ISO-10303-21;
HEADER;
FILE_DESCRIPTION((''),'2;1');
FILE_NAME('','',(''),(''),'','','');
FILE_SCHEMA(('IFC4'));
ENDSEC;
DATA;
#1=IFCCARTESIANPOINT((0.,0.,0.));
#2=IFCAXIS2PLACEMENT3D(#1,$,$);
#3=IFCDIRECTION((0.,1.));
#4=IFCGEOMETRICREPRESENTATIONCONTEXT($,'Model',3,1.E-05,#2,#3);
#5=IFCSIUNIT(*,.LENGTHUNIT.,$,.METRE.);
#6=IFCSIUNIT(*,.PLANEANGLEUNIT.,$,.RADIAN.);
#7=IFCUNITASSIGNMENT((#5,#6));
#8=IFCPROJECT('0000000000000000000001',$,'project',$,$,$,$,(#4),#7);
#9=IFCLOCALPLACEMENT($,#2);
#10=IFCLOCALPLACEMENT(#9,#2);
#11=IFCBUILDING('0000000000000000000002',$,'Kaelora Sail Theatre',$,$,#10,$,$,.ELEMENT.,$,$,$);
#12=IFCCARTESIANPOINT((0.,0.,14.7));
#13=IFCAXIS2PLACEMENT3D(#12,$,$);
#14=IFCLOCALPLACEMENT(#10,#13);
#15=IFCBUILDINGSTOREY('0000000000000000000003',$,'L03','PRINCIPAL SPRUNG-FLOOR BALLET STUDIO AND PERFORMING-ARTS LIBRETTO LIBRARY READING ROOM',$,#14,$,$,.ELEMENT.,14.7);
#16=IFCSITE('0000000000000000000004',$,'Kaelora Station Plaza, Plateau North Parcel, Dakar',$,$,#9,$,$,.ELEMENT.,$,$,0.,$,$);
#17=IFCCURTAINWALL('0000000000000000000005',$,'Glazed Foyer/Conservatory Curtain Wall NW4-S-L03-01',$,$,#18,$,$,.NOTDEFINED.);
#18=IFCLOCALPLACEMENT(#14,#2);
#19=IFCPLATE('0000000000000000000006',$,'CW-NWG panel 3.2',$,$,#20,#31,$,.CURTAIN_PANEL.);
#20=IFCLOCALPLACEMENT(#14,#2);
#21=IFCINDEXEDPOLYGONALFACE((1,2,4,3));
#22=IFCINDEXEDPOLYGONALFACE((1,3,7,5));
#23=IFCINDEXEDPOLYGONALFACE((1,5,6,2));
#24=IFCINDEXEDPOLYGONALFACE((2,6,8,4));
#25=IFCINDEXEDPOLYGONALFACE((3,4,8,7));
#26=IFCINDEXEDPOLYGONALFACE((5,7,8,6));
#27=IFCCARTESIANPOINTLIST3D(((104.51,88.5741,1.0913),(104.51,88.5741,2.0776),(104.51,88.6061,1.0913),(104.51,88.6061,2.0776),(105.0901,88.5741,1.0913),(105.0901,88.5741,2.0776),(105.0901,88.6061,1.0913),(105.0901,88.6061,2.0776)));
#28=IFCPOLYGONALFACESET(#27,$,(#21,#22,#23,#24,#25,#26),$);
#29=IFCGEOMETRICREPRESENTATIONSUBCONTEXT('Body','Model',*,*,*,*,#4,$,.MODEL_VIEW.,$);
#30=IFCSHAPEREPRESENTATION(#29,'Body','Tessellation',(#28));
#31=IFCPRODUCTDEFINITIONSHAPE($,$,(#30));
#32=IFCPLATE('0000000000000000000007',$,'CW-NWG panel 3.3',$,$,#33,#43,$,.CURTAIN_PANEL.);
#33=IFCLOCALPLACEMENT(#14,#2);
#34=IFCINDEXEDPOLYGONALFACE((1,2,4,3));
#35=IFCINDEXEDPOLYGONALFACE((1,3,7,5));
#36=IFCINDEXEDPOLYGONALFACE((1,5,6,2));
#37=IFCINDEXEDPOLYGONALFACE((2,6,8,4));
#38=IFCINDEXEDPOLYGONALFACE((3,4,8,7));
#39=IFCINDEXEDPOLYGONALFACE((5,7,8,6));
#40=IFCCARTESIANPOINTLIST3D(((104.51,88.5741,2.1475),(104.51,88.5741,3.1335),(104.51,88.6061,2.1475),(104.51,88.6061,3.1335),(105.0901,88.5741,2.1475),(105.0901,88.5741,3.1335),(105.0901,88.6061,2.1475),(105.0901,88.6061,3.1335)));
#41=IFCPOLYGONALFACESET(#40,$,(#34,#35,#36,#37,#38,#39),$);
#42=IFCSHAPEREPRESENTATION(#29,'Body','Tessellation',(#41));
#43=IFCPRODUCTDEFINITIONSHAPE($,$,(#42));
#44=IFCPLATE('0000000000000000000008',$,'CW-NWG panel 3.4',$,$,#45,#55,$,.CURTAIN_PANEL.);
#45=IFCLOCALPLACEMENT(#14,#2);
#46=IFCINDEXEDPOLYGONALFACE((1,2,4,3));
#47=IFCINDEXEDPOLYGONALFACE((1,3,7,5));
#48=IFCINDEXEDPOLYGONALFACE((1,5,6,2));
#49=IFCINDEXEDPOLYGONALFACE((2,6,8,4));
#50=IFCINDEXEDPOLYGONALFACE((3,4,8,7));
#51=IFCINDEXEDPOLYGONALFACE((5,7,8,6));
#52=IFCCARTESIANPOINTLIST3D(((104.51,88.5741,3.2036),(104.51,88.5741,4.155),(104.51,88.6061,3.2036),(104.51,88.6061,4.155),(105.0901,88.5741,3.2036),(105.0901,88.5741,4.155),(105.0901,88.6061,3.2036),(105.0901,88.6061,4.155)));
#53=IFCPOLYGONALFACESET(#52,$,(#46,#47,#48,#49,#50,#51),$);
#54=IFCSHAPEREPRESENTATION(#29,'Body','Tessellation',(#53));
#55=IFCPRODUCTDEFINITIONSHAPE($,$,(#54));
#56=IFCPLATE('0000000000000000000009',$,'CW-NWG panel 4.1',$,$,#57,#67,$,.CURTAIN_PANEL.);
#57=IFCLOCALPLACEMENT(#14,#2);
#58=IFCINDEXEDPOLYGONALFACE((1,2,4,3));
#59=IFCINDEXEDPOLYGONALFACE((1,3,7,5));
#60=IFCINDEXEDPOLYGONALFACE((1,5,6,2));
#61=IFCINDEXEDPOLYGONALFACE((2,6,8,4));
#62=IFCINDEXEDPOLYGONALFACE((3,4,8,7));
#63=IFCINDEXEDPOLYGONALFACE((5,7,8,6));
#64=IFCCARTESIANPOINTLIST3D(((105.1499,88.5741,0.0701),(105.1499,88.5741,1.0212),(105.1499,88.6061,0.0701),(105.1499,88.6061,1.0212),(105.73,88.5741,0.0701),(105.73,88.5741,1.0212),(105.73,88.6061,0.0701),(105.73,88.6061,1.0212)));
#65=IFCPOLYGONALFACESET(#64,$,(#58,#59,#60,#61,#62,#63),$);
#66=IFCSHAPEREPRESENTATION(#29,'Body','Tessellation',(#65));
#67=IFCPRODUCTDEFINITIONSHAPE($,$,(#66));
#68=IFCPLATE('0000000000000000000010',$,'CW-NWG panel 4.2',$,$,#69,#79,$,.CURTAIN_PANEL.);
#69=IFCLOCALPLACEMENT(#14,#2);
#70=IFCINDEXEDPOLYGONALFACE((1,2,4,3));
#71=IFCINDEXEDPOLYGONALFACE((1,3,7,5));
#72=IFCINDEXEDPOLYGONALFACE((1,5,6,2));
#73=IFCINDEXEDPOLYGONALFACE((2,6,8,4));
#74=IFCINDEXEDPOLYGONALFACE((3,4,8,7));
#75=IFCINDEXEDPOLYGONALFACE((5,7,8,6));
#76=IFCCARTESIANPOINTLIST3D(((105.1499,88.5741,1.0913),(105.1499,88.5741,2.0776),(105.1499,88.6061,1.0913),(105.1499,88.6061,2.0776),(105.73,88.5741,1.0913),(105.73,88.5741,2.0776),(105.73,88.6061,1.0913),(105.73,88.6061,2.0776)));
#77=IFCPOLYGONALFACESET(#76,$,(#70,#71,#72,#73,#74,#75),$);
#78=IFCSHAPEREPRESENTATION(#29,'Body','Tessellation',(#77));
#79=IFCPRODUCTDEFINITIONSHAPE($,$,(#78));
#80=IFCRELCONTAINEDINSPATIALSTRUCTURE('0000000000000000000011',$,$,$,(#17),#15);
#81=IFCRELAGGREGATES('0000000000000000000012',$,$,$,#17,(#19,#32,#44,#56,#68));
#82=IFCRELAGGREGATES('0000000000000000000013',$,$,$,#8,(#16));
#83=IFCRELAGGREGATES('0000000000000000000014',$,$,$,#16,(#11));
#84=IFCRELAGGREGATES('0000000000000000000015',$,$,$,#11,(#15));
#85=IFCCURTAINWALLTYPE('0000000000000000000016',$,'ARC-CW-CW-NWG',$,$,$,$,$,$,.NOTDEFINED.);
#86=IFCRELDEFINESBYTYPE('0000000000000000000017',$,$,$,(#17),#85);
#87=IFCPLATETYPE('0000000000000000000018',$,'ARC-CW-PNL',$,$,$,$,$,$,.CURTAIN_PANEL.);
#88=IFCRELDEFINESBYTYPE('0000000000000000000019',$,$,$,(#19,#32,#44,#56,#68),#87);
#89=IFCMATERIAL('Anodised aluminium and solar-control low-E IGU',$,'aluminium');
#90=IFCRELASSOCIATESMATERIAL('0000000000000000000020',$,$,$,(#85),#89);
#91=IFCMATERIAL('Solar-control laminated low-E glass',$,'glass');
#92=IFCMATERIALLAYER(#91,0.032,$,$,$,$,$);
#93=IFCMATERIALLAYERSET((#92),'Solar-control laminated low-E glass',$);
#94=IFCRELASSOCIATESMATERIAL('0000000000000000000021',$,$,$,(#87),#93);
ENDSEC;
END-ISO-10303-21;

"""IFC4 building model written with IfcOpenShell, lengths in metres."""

from ifc_helpers import new_model, si_unit, direction, frame, origin, origin_2d, place, context, subcontext, project, spatial, rectangle, extrude, material, layer, layer_set, type_object, element, aggregate, save


model = new_model("IFC4")

# Units and contexts
model_context = context("Model", 3, precision=1e-05, world=origin(), true_north=direction((0.0, 1.0)))
body_context = subcontext(model_context, "Body", "Model", "MODEL_VIEW")
ifc_project = project(units=[si_unit("LENGTHUNIT", "METRE"), si_unit("PLANEANGLEUNIT", "RADIAN")], contexts=[model_context])

# Site, building, storey
site_placement = place(None, origin())
site = spatial("IfcSite", under=ifc_project, at=site_placement, Name="Kaelora Station Plaza, Plateau North Parcel, Dakar", CompositionType="ELEMENT", RefElevation=0.0)
building_placement = place(site_placement, origin())
building = spatial("IfcBuilding", under=site, at=building_placement, Name="Kaelora Sail Theatre", CompositionType="ELEMENT")
storey_placement = place(building_placement, frame((0.0, 0.0, 14.7)))
storey = spatial("IfcBuildingStorey", under=building, at=storey_placement, Name="L03", Description="PRINCIPAL SPRUNG-FLOOR BALLET STUDIO AND PERFORMING-ARTS LIBRETTO LIBRARY READING ROOM", CompositionType="ELEMENT", Elevation=14.7)

# Curtain wall
ifc_material_1 = material(Name="Anodised aluminium and solar-control low-E IGU", Category="aluminium")
curtain_wall_type = type_object("IfcCurtainWallType", Name="ARC-CW-CW-NWG", PredefinedType="NOTDEFINED", material=ifc_material_1)
curtain_wall_placement = place(storey_placement, origin())
curtain_wall = element("IfcCurtainWall", 1, at=curtain_wall_placement, inside=storey, type_object=curtain_wall_type, Name="Glazed Foyer/Conservatory Curtain Wall NW4-S-L03-01", PredefinedType="NOTDEFINED")

# Plates
ifc_material_2 = material(Name="Solar-control laminated low-E glass", Category="glass")
ifc_layer = layer(ifc_material_2, 0.032)
ifc_layer_set = layer_set([ifc_layer], Name="Solar-control laminated low-E glass")
plate_type = type_object("IfcPlateType", Name="ARC-CW-PNL", PredefinedType="CURTAIN_PANEL", material=ifc_layer_set)
plate_1_placement = place(storey_placement, frame((104.8, 88.5901, 1.0913), z_axis=(0.0, 0.0, 1.0), x_axis=(1.0, 0.0, 0.0)))
plate_1 = element("IfcPlate", 2, at=plate_1_placement, type_object=plate_type, Name="CW-NWG panel 3.2", PredefinedType="CURTAIN_PANEL", context=body_context, shape_type="SweptSolid", body=[
    extrude(rectangle(XDim=0.5801, YDim=0.032, at=origin_2d()), origin(), (0.0, 0.0, 1.0), 0.9863),
])
plate_2_placement = place(storey_placement, frame((104.8, 88.5901, 2.1475), z_axis=(0.0, 0.0, 1.0), x_axis=(1.0, 0.0, 0.0)))
plate_2 = element("IfcPlate", 3, at=plate_2_placement, type_object=plate_type, Name="CW-NWG panel 3.3", PredefinedType="CURTAIN_PANEL", context=body_context, shape_type="SweptSolid", body=[
    extrude(rectangle(XDim=0.5801, YDim=0.032, at=origin_2d()), origin(), (0.0, 0.0, 1.0), 0.9861),
])
plate_3_placement = place(storey_placement, frame((104.8, 88.5901, 3.2036), z_axis=(0.0, 0.0, 1.0), x_axis=(1.0, 0.0, 0.0)))
plate_3 = element("IfcPlate", 4, at=plate_3_placement, type_object=plate_type, Name="CW-NWG panel 3.4", PredefinedType="CURTAIN_PANEL", context=body_context, shape_type="SweptSolid", body=[
    extrude(rectangle(XDim=0.5801, YDim=0.032, at=origin_2d()), origin(), (0.0, 0.0, 1.0), 0.9514),
])
plate_4_placement = place(storey_placement, frame((105.4399, 88.5901, 0.0701), z_axis=(0.0, 0.0, 1.0), x_axis=(1.0, 0.0, 0.0)))
plate_4 = element("IfcPlate", 5, at=plate_4_placement, type_object=plate_type, Name="CW-NWG panel 4.1", PredefinedType="CURTAIN_PANEL", context=body_context, shape_type="SweptSolid", body=[
    extrude(rectangle(XDim=0.5801, YDim=0.032, at=origin_2d()), origin(), (0.0, 0.0, 1.0), 0.9512),
])
plate_5_placement = place(storey_placement, frame((105.4399, 88.5901, 1.0913), z_axis=(0.0, 0.0, 1.0), x_axis=(1.0, 0.0, 0.0)))
plate_5 = element("IfcPlate", 6, at=plate_5_placement, type_object=plate_type, Name="CW-NWG panel 4.2", PredefinedType="CURTAIN_PANEL", context=body_context, shape_type="SweptSolid", body=[
    extrude(rectangle(XDim=0.5801, YDim=0.032, at=origin_2d()), origin(), (0.0, 0.0, 1.0), 0.9863),
])
aggregate(curtain_wall, [plate_1, plate_2, plate_3, plate_4, plate_5])

save(model, "model.ifc")
